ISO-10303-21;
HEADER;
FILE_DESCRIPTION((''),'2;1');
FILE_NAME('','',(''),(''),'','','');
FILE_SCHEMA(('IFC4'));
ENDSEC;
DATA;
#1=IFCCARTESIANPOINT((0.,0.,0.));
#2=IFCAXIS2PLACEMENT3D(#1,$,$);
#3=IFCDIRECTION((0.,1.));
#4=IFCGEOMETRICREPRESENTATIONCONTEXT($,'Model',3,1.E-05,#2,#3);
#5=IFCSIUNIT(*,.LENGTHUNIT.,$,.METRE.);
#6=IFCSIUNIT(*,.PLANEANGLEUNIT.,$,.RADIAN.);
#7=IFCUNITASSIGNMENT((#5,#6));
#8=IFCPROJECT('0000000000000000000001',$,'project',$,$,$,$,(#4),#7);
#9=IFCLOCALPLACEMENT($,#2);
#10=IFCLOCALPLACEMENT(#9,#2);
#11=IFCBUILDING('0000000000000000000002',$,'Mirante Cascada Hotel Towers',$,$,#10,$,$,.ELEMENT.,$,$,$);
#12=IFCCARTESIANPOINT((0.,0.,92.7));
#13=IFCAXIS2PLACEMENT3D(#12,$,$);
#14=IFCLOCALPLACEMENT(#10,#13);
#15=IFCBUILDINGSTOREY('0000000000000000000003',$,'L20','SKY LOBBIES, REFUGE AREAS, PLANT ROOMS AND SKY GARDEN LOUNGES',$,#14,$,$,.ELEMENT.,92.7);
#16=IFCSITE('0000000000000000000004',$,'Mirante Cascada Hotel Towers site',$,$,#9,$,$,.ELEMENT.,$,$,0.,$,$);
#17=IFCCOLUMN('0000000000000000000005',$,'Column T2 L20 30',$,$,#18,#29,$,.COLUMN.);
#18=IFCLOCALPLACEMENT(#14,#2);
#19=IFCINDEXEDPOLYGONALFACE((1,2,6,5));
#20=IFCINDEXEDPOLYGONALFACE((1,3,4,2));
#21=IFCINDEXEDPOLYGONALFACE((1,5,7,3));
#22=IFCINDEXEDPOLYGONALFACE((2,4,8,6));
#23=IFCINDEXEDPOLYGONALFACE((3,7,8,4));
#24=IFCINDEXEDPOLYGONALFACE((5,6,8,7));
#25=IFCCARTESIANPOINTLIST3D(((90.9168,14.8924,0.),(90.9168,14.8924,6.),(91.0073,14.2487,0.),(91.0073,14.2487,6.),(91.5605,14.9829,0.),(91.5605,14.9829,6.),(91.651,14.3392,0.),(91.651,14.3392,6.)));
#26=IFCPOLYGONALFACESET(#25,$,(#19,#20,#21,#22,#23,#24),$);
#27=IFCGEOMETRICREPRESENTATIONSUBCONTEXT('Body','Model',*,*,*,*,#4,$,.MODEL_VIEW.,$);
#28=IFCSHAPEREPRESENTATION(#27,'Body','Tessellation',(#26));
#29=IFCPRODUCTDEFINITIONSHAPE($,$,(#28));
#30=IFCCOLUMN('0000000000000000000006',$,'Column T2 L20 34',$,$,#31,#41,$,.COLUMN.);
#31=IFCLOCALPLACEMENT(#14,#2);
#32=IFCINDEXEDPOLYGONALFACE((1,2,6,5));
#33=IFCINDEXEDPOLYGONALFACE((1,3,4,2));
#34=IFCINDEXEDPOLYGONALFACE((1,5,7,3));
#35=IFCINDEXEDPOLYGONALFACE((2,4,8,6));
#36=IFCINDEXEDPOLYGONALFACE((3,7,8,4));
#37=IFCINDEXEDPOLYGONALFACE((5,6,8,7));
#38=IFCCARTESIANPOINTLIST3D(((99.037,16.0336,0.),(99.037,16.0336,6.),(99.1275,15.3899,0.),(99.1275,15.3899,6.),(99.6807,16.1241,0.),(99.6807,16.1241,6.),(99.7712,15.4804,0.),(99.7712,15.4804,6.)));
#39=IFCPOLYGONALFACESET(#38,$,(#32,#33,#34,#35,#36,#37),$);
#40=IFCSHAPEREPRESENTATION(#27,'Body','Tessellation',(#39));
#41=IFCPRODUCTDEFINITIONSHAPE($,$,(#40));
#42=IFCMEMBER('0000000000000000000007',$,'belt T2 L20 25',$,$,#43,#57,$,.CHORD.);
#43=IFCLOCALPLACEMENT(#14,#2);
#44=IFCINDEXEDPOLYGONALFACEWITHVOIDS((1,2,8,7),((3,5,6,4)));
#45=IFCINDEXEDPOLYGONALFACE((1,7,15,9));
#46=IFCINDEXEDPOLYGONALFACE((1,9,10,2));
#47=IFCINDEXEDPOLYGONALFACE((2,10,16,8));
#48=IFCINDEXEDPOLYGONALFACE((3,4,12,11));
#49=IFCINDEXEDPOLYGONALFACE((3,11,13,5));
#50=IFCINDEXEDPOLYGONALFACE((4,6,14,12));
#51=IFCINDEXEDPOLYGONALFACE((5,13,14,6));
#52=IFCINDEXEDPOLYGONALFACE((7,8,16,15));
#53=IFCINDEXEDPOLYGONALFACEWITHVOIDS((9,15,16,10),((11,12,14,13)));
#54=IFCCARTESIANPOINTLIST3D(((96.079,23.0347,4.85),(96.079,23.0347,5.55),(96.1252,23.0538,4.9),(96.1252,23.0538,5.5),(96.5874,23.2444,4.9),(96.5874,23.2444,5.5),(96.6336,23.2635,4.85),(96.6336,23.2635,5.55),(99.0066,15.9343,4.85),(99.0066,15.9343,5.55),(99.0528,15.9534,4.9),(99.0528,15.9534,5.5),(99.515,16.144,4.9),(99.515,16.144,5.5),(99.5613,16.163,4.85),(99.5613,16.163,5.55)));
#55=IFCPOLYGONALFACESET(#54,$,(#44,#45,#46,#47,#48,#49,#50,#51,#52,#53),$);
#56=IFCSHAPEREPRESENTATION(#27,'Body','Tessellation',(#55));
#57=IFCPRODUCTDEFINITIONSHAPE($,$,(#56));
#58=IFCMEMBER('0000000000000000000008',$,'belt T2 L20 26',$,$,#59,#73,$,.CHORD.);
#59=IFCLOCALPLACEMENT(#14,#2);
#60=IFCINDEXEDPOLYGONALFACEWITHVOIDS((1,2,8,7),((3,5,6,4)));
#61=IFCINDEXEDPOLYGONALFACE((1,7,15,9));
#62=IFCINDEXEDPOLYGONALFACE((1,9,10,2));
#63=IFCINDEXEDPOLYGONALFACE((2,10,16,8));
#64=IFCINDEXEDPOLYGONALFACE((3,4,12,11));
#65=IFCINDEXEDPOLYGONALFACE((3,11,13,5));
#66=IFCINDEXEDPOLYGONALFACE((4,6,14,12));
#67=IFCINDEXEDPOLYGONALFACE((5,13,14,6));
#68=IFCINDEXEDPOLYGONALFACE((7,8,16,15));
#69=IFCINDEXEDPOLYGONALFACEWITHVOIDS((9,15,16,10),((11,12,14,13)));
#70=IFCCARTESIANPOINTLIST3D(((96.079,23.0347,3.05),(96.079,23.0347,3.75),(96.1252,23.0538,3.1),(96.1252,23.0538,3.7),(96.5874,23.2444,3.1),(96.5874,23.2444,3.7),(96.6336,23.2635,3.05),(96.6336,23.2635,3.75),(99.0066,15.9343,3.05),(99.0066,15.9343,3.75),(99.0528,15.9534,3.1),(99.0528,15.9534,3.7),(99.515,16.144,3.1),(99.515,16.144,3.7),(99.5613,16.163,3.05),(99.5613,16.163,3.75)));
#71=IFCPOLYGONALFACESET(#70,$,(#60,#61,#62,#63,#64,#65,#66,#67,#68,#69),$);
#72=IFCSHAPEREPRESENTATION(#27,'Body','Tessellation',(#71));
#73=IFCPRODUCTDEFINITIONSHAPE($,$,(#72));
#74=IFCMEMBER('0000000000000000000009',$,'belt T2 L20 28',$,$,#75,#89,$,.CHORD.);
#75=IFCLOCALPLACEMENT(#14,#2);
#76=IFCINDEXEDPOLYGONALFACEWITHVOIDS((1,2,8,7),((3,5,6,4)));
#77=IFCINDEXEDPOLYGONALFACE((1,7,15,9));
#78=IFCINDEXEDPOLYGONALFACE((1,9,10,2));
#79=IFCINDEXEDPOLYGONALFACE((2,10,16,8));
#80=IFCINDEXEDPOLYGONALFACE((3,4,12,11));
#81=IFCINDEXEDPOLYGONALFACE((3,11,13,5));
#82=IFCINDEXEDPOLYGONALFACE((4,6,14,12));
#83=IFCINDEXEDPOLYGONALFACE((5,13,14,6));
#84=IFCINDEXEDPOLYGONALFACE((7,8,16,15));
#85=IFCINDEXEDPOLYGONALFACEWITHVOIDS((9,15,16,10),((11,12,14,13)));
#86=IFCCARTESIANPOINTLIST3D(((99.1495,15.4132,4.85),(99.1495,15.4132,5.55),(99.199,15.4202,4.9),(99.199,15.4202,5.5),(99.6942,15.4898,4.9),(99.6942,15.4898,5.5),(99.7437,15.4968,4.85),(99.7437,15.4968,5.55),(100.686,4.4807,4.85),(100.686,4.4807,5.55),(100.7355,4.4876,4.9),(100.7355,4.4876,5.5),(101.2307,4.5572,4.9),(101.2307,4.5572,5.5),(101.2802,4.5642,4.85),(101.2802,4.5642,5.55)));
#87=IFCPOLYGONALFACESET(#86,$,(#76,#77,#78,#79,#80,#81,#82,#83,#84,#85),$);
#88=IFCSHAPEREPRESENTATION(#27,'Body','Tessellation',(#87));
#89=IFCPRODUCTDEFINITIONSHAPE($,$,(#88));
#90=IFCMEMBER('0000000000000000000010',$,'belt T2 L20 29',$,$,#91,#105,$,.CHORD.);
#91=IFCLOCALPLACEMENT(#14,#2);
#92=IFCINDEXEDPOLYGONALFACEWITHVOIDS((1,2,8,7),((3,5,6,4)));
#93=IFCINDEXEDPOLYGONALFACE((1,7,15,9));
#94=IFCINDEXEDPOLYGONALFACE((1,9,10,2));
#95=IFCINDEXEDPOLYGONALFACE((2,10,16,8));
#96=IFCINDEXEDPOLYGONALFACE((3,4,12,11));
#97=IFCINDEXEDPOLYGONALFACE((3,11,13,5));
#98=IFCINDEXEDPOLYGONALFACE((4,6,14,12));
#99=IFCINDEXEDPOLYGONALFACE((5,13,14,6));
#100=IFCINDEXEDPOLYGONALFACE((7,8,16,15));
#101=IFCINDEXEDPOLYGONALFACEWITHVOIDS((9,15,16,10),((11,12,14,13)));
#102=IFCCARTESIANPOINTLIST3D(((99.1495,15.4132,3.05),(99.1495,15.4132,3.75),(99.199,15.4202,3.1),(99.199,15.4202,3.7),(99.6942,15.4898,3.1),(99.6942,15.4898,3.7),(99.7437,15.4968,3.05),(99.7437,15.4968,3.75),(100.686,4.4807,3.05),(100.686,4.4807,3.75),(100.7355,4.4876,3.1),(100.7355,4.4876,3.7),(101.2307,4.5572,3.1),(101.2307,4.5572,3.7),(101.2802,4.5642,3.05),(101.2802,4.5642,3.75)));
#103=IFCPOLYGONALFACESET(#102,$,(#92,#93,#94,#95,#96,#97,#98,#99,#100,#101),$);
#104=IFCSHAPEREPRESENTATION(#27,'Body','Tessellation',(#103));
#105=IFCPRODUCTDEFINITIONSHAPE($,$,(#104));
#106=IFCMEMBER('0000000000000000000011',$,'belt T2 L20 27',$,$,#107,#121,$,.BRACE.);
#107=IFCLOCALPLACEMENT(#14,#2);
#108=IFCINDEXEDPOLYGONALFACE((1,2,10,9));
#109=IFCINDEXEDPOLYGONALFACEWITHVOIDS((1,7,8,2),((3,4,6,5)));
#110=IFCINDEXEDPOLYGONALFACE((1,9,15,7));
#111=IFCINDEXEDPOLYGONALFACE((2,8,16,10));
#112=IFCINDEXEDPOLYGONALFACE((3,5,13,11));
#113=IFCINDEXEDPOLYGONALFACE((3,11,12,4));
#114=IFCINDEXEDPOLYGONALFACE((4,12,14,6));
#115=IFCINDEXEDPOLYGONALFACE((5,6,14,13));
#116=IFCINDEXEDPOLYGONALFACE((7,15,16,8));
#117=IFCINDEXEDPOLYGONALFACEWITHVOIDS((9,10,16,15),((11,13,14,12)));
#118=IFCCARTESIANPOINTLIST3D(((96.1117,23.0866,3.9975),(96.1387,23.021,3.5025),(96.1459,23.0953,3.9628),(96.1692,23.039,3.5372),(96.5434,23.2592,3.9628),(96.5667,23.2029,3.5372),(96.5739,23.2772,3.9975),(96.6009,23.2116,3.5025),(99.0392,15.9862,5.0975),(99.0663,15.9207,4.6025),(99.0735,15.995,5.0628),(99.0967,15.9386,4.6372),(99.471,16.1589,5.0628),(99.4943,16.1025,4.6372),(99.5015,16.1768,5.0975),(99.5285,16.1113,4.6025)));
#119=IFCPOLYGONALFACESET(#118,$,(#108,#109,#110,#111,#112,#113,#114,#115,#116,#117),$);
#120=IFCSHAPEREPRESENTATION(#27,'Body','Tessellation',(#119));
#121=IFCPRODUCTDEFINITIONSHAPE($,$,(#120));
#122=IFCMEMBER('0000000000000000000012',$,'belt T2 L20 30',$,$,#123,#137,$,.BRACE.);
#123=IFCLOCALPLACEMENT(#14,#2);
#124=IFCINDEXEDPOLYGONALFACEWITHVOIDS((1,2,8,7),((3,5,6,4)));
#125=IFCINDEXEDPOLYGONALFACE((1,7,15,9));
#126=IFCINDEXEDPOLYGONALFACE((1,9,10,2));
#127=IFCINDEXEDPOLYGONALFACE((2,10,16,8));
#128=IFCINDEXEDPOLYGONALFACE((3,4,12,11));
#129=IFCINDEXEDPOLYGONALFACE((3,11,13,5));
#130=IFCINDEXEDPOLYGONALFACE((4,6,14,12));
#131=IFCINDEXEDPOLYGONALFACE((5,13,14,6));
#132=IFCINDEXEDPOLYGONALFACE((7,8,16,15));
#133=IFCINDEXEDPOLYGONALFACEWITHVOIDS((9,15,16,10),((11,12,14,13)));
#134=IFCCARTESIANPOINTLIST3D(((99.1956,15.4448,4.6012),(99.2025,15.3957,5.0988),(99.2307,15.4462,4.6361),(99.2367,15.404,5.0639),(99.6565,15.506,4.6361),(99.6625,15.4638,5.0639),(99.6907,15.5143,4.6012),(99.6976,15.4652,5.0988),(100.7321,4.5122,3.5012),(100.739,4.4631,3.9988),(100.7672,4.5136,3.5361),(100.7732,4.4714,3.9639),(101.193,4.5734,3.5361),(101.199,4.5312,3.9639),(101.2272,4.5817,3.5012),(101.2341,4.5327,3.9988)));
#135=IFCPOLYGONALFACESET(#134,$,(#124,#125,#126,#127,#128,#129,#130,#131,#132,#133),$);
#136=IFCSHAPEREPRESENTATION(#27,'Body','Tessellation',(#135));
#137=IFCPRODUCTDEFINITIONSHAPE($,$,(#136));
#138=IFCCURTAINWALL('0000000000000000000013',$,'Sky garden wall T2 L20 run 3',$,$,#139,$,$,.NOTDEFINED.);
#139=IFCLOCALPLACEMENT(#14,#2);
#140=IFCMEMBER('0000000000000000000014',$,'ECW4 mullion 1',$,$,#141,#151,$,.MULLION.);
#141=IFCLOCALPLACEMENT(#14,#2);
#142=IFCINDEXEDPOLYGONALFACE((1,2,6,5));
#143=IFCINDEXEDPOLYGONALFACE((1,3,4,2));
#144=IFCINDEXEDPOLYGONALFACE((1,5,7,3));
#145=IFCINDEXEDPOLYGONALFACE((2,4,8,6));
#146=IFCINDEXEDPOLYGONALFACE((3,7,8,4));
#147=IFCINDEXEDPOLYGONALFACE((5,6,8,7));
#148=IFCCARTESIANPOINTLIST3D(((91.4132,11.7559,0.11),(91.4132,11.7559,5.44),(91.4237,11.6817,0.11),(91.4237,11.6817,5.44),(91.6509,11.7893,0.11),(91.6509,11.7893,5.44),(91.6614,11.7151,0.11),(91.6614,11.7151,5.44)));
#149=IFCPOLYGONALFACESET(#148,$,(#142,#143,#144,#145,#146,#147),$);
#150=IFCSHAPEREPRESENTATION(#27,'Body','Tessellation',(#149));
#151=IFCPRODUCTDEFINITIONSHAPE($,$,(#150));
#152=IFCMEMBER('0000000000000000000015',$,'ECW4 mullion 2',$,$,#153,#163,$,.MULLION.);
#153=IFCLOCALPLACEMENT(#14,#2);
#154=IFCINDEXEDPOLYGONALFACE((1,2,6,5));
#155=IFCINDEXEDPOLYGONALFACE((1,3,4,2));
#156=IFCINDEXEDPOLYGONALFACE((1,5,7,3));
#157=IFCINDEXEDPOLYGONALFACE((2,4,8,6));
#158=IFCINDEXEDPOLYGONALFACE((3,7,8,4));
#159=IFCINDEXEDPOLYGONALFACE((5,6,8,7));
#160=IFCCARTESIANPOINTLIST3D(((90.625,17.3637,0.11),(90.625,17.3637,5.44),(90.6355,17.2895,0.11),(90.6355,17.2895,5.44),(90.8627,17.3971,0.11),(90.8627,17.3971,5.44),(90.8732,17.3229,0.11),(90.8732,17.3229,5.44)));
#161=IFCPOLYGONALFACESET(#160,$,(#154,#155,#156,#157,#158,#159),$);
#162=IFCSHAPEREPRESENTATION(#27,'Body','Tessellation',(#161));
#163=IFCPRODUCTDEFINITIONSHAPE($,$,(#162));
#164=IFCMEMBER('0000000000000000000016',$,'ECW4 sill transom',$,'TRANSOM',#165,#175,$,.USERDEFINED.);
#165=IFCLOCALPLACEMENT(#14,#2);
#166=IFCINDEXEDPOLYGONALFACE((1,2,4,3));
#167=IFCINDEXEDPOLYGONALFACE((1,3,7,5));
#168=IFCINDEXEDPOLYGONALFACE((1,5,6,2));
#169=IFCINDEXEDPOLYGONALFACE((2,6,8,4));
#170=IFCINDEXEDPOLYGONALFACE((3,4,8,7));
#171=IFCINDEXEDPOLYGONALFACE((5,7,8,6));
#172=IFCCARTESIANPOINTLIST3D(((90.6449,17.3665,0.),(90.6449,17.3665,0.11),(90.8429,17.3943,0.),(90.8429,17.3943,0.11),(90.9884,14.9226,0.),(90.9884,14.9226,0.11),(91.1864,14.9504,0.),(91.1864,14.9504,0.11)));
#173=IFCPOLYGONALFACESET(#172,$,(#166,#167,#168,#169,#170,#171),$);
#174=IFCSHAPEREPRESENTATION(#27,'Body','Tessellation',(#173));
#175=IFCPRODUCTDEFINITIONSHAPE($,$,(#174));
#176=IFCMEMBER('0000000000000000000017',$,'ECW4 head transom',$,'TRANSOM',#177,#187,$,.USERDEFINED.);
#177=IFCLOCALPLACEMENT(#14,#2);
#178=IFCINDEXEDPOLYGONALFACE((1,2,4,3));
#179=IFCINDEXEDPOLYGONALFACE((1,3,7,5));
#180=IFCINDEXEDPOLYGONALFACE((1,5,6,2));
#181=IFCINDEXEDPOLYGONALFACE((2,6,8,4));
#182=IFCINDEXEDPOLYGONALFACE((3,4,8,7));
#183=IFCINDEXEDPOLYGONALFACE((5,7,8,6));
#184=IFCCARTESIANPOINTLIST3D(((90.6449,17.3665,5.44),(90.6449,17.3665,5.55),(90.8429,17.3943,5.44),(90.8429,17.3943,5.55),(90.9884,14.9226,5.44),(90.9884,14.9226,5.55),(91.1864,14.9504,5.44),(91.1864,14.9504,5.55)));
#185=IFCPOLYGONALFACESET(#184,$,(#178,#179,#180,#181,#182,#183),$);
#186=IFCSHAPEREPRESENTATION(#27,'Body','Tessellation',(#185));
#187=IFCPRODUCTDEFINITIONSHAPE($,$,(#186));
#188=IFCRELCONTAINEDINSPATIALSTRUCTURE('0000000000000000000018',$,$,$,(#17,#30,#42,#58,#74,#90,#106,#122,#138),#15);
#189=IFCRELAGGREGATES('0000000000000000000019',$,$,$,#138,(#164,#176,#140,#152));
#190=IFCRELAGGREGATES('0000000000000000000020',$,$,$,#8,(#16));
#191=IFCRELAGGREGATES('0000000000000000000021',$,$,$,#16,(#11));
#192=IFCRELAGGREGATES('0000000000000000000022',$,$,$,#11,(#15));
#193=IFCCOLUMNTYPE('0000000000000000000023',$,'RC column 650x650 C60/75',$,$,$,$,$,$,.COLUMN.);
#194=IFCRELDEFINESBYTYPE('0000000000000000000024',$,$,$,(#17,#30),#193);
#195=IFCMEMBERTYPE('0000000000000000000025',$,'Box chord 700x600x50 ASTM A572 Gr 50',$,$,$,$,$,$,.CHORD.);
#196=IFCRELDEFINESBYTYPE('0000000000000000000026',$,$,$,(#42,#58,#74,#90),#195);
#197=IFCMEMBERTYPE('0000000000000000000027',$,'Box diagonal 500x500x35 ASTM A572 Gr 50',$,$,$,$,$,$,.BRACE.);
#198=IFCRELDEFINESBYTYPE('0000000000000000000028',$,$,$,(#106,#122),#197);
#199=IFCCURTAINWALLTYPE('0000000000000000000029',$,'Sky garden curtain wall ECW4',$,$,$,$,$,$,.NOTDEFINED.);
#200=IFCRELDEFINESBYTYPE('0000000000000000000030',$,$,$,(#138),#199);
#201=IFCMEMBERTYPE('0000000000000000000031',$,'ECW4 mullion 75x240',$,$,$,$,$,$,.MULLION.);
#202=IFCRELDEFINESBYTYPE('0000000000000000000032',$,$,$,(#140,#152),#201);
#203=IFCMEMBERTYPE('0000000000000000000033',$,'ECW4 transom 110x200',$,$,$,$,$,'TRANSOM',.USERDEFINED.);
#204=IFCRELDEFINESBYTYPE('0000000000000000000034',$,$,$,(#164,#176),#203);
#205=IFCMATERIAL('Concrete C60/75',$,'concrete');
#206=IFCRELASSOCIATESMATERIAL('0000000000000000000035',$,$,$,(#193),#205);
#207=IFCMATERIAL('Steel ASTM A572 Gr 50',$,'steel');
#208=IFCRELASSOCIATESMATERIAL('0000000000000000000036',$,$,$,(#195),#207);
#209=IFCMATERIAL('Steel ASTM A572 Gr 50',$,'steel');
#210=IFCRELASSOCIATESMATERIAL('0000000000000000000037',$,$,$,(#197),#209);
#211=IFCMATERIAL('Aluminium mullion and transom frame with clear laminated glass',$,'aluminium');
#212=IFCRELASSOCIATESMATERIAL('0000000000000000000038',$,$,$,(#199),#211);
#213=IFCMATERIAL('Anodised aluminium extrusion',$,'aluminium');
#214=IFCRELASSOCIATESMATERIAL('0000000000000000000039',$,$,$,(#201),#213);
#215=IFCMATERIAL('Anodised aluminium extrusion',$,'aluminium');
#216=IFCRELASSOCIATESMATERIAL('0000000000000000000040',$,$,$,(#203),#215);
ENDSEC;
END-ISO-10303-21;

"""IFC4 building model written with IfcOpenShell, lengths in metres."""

from ifc_helpers import new_model, si_unit, direction, frame, origin, origin_2d, place, context, subcontext, project, spatial, rectangle, hollow_rectangle, extrude, material, material_profile, profile_set, type_object, element, aggregate, save


model = new_model("IFC4")

# Units and contexts
model_context = context("Model", 3, precision=1e-05, world=origin(), true_north=direction((0.0, 1.0)))
body_context = subcontext(model_context, "Body", "Model", "MODEL_VIEW")
ifc_project = project(units=[si_unit("LENGTHUNIT", "METRE"), si_unit("PLANEANGLEUNIT", "RADIAN")], contexts=[model_context])

# Site, building, storey
site_placement = place(None, origin())
site = spatial("IfcSite", under=ifc_project, at=site_placement, Name="Mirante Cascada Hotel Towers site", CompositionType="ELEMENT", RefElevation=0.0)
building_placement = place(site_placement, origin())
building = spatial("IfcBuilding", under=site, at=building_placement, Name="Mirante Cascada Hotel Towers", CompositionType="ELEMENT")
storey_placement = place(building_placement, frame((0.0, 0.0, 92.7)))
storey = spatial("IfcBuildingStorey", under=building, at=storey_placement, Name="L20", Description="SKY LOBBIES, REFUGE AREAS, PLANT ROOMS AND SKY GARDEN LOUNGES", CompositionType="ELEMENT", Elevation=92.7)

# Columns
ifc_material_1 = material(Name="Concrete C60/75", Category="concrete")
ifc_material_profile_1 = material_profile(ifc_material_1, rectangle(XDim=0.65, YDim=0.65, at=origin_2d()), Name="RC column 650x650 C60/75")
ifc_profile_set_1 = profile_set([ifc_material_profile_1], Name="Concrete C60/75")
column_type = type_object("IfcColumnType", Name="RC column 650x650 C60/75", PredefinedType="COLUMN", material=ifc_profile_set_1)
for number, where, z_axis, x_axis, name in (
    (1, (91.2839, 14.6158, 0.0), (0.0, 0.0, 1.0), (0.990268, 0.139173, 0.0), "Column T2 L20 30"),
    (2, (99.4041, 15.757, 0.0), (0.0, 0.0, 1.0), (0.990268, 0.139173, 0.0), "Column T2 L20 34"),
):
    element("IfcColumn", number, at=place(storey_placement, frame(where, z_axis=z_axis, x_axis=x_axis)), inside=storey, type_object=column_type, Name=name, PredefinedType="COLUMN", context=body_context, shape_type="SweptSolid", body=[
        extrude(rectangle(XDim=0.65, YDim=0.65, at=origin_2d()), origin(), (0.0, 0.0, 1.0), 6.0),
    ])

# Members
ifc_material_2 = material(Name="Steel ASTM A572 Gr 50", Category="steel")
ifc_material_profile_2 = material_profile(ifc_material_2, hollow_rectangle(XDim=0.6, YDim=0.7, WallThickness=0.05, at=origin_2d()), Name="Box chord 700x600x50 ASTM A572 Gr 50")
ifc_profile_set_2 = profile_set([ifc_material_profile_2], Name="Steel ASTM A572 Gr 50")
member_type_1 = type_object("IfcMemberType", Name="Box chord 700x600x50 ASTM A572 Gr 50", PredefinedType="CHORD", material=ifc_profile_set_2)
for number, where, z_axis, x_axis, name in (
    (3, (96.3563, 23.1491, 5.2), (0.381185, -0.924499, 0.0), (0.924499, 0.381185, 0.0), "belt T2 L20 25"),
    (4, (96.3563, 23.1491, 3.4), (0.381185, -0.924499, 0.0), (0.924499, 0.381185, 0.0), "belt T2 L20 26"),
):
    element("IfcMember", number, at=place(storey_placement, frame(where, z_axis=z_axis, x_axis=x_axis)), inside=storey, type_object=member_type_1, Name=name, PredefinedType="CHORD", context=body_context, shape_type="SweptSolid", body=[
        extrude(hollow_rectangle(XDim=0.6, YDim=0.7, WallThickness=0.05, at=origin_2d()), origin(), (0.0, 0.0, 1.0), 7.6803),
    ])
for number, where, z_axis, x_axis, name in (
    (5, (99.4466, 15.455, 5.2), (0.139175, -0.990268, 0.0), (0.990268, 0.139175, 0.0), "belt T2 L20 28"),
    (6, (99.4466, 15.455, 3.4), (0.139175, -0.990268, 0.0), (0.990268, 0.139175, 0.0), "belt T2 L20 29"),
):
    element("IfcMember", number, at=place(storey_placement, frame(where, z_axis=z_axis, x_axis=x_axis)), inside=storey, type_object=member_type_1, Name=name, PredefinedType="CHORD", context=body_context, shape_type="SweptSolid", body=[
        extrude(hollow_rectangle(XDim=0.6, YDim=0.7, WallThickness=0.05, at=origin_2d()), origin(), (0.0, 0.0, 1.0), 11.04),
    ])
ifc_material_3 = material(Name="Steel ASTM A572 Gr 50", Category="steel")
ifc_material_profile_3 = material_profile(ifc_material_3, hollow_rectangle(XDim=0.5, YDim=0.5, WallThickness=0.035, at=origin_2d()), Name="Box diagonal 500x500x35 ASTM A572 Gr 50")
ifc_profile_set_3 = profile_set([ifc_material_profile_3], Name="Steel ASTM A572 Gr 50")
member_type_2 = type_object("IfcMemberType", Name="Box diagonal 500x500x35 ASTM A572 Gr 50", PredefinedType="BRACE", material=ifc_profile_set_3)
member_1_placement = place(storey_placement, frame((96.3563, 23.1491, 3.75), z_axis=(0.377334, -0.91516, 0.141777), x_axis=(0.924499, 0.381185, 0.0)))
element("IfcMember", 7, at=member_1_placement, inside=storey, type_object=member_type_2, Name="belt T2 L20 27", PredefinedType="BRACE", context=body_context, shape_type="SweptSolid", body=[
    extrude(hollow_rectangle(XDim=0.5, YDim=0.5, WallThickness=0.035, at=origin_2d()), origin(), (0.0, 0.0, 1.0), 7.7586),
])
member_2_placement = place(storey_placement, frame((99.4466, 15.455, 4.85), z_axis=(0.138489, -0.985389, -0.099146), x_axis=(0.990268, 0.139175, 0.0)))
element("IfcMember", 8, at=member_2_placement, inside=storey, type_object=member_type_2, Name="belt T2 L20 30", PredefinedType="BRACE", context=body_context, shape_type="SweptSolid", body=[
    extrude(hollow_rectangle(XDim=0.5, YDim=0.5, WallThickness=0.035, at=origin_2d()), origin(), (0.0, 0.0, 1.0), 11.0947),
])

# Curtain wall, members
ifc_material_4 = material(Name="Aluminium mullion and transom frame with clear laminated glass", Category="aluminium")
curtain_wall_type = type_object("IfcCurtainWallType", Name="Sky garden curtain wall ECW4", PredefinedType="NOTDEFINED", material=ifc_material_4)
curtain_wall_placement = place(storey_placement, origin())
curtain_wall = element("IfcCurtainWall", 9, at=curtain_wall_placement, inside=storey, type_object=curtain_wall_type, Name="Sky garden wall T2 L20 run 3", PredefinedType="NOTDEFINED")
ifc_material_5 = material(Name="Anodised aluminium extrusion", Category="aluminium")
ifc_material_profile_4 = material_profile(ifc_material_5, rectangle(XDim=0.24, YDim=0.075, at=origin_2d()), Name="ECW4 MULLION 75x240")
ifc_profile_set_4 = profile_set([ifc_material_profile_4], Name="Anodised aluminium extrusion")
member_type_3 = type_object("IfcMemberType", Name="ECW4 mullion 75x240", PredefinedType="MULLION", material=ifc_profile_set_4)
member_3_placement = place(storey_placement, frame((91.5373, 11.7355, 0.11), z_axis=(0.0, 0.0, 1.0), x_axis=(-0.990268, -0.139173, 0.0)))
member_3 = element("IfcMember", 10, at=member_3_placement, type_object=member_type_3, Name="ECW4 mullion 1", PredefinedType="MULLION", context=body_context, shape_type="SweptSolid", body=[
    extrude(rectangle(XDim=0.24, YDim=0.075, at=origin_2d()), origin(), (0.0, 0.0, 1.0), 5.33),
])
member_4_placement = place(storey_placement, frame((90.7491, 17.3433, 0.11), z_axis=(0.0, 0.0, 1.0), x_axis=(-0.990268, -0.139173, 0.0)))
member_4 = element("IfcMember", 11, at=member_4_placement, type_object=member_type_3, Name="ECW4 mullion 2", PredefinedType="MULLION", context=body_context, shape_type="SweptSolid", body=[
    extrude(rectangle(XDim=0.24, YDim=0.075, at=origin_2d()), origin(), (0.0, 0.0, 1.0), 5.33),
])
ifc_material_6 = material(Name="Anodised aluminium extrusion", Category="aluminium")
ifc_material_profile_5 = material_profile(ifc_material_6, rectangle(XDim=0.2, YDim=0.11, at=origin_2d()), Name="ECW4 TRANSOM 110x200")
ifc_profile_set_5 = profile_set([ifc_material_profile_5], Name="Anodised aluminium extrusion")
member_type_4 = type_object("IfcMemberType", Name="ECW4 transom 110x200", ElementType="TRANSOM", PredefinedType="USERDEFINED", material=ifc_profile_set_5)
member_5_placement = place(storey_placement, frame((91.0874, 14.9365, 0.055), z_axis=(-0.139186, 0.990266, 0.0), x_axis=(-0.990266, -0.139186, 0.0)))
member_5 = element("IfcMember", 12, at=member_5_placement, type_object=member_type_4, Name="ECW4 sill transom", ObjectType="TRANSOM", PredefinedType="USERDEFINED", context=body_context, shape_type="SweptSolid", body=[
    extrude(rectangle(XDim=0.2, YDim=0.11, at=origin_2d()), origin(), (0.0, 0.0, 1.0), 2.4679),
])
member_6_placement = place(storey_placement, frame((91.0874, 14.9365, 5.495), z_axis=(-0.139186, 0.990266, 0.0), x_axis=(-0.990266, -0.139186, 0.0)))
member_6 = element("IfcMember", 13, at=member_6_placement, type_object=member_type_4, Name="ECW4 head transom", ObjectType="TRANSOM", PredefinedType="USERDEFINED", context=body_context, shape_type="SweptSolid", body=[
    extrude(rectangle(XDim=0.2, YDim=0.11, at=origin_2d()), origin(), (0.0, 0.0, 1.0), 2.4679),
])
aggregate(curtain_wall, [member_5, member_6, member_3, member_4])

save(model, "model.ifc")
